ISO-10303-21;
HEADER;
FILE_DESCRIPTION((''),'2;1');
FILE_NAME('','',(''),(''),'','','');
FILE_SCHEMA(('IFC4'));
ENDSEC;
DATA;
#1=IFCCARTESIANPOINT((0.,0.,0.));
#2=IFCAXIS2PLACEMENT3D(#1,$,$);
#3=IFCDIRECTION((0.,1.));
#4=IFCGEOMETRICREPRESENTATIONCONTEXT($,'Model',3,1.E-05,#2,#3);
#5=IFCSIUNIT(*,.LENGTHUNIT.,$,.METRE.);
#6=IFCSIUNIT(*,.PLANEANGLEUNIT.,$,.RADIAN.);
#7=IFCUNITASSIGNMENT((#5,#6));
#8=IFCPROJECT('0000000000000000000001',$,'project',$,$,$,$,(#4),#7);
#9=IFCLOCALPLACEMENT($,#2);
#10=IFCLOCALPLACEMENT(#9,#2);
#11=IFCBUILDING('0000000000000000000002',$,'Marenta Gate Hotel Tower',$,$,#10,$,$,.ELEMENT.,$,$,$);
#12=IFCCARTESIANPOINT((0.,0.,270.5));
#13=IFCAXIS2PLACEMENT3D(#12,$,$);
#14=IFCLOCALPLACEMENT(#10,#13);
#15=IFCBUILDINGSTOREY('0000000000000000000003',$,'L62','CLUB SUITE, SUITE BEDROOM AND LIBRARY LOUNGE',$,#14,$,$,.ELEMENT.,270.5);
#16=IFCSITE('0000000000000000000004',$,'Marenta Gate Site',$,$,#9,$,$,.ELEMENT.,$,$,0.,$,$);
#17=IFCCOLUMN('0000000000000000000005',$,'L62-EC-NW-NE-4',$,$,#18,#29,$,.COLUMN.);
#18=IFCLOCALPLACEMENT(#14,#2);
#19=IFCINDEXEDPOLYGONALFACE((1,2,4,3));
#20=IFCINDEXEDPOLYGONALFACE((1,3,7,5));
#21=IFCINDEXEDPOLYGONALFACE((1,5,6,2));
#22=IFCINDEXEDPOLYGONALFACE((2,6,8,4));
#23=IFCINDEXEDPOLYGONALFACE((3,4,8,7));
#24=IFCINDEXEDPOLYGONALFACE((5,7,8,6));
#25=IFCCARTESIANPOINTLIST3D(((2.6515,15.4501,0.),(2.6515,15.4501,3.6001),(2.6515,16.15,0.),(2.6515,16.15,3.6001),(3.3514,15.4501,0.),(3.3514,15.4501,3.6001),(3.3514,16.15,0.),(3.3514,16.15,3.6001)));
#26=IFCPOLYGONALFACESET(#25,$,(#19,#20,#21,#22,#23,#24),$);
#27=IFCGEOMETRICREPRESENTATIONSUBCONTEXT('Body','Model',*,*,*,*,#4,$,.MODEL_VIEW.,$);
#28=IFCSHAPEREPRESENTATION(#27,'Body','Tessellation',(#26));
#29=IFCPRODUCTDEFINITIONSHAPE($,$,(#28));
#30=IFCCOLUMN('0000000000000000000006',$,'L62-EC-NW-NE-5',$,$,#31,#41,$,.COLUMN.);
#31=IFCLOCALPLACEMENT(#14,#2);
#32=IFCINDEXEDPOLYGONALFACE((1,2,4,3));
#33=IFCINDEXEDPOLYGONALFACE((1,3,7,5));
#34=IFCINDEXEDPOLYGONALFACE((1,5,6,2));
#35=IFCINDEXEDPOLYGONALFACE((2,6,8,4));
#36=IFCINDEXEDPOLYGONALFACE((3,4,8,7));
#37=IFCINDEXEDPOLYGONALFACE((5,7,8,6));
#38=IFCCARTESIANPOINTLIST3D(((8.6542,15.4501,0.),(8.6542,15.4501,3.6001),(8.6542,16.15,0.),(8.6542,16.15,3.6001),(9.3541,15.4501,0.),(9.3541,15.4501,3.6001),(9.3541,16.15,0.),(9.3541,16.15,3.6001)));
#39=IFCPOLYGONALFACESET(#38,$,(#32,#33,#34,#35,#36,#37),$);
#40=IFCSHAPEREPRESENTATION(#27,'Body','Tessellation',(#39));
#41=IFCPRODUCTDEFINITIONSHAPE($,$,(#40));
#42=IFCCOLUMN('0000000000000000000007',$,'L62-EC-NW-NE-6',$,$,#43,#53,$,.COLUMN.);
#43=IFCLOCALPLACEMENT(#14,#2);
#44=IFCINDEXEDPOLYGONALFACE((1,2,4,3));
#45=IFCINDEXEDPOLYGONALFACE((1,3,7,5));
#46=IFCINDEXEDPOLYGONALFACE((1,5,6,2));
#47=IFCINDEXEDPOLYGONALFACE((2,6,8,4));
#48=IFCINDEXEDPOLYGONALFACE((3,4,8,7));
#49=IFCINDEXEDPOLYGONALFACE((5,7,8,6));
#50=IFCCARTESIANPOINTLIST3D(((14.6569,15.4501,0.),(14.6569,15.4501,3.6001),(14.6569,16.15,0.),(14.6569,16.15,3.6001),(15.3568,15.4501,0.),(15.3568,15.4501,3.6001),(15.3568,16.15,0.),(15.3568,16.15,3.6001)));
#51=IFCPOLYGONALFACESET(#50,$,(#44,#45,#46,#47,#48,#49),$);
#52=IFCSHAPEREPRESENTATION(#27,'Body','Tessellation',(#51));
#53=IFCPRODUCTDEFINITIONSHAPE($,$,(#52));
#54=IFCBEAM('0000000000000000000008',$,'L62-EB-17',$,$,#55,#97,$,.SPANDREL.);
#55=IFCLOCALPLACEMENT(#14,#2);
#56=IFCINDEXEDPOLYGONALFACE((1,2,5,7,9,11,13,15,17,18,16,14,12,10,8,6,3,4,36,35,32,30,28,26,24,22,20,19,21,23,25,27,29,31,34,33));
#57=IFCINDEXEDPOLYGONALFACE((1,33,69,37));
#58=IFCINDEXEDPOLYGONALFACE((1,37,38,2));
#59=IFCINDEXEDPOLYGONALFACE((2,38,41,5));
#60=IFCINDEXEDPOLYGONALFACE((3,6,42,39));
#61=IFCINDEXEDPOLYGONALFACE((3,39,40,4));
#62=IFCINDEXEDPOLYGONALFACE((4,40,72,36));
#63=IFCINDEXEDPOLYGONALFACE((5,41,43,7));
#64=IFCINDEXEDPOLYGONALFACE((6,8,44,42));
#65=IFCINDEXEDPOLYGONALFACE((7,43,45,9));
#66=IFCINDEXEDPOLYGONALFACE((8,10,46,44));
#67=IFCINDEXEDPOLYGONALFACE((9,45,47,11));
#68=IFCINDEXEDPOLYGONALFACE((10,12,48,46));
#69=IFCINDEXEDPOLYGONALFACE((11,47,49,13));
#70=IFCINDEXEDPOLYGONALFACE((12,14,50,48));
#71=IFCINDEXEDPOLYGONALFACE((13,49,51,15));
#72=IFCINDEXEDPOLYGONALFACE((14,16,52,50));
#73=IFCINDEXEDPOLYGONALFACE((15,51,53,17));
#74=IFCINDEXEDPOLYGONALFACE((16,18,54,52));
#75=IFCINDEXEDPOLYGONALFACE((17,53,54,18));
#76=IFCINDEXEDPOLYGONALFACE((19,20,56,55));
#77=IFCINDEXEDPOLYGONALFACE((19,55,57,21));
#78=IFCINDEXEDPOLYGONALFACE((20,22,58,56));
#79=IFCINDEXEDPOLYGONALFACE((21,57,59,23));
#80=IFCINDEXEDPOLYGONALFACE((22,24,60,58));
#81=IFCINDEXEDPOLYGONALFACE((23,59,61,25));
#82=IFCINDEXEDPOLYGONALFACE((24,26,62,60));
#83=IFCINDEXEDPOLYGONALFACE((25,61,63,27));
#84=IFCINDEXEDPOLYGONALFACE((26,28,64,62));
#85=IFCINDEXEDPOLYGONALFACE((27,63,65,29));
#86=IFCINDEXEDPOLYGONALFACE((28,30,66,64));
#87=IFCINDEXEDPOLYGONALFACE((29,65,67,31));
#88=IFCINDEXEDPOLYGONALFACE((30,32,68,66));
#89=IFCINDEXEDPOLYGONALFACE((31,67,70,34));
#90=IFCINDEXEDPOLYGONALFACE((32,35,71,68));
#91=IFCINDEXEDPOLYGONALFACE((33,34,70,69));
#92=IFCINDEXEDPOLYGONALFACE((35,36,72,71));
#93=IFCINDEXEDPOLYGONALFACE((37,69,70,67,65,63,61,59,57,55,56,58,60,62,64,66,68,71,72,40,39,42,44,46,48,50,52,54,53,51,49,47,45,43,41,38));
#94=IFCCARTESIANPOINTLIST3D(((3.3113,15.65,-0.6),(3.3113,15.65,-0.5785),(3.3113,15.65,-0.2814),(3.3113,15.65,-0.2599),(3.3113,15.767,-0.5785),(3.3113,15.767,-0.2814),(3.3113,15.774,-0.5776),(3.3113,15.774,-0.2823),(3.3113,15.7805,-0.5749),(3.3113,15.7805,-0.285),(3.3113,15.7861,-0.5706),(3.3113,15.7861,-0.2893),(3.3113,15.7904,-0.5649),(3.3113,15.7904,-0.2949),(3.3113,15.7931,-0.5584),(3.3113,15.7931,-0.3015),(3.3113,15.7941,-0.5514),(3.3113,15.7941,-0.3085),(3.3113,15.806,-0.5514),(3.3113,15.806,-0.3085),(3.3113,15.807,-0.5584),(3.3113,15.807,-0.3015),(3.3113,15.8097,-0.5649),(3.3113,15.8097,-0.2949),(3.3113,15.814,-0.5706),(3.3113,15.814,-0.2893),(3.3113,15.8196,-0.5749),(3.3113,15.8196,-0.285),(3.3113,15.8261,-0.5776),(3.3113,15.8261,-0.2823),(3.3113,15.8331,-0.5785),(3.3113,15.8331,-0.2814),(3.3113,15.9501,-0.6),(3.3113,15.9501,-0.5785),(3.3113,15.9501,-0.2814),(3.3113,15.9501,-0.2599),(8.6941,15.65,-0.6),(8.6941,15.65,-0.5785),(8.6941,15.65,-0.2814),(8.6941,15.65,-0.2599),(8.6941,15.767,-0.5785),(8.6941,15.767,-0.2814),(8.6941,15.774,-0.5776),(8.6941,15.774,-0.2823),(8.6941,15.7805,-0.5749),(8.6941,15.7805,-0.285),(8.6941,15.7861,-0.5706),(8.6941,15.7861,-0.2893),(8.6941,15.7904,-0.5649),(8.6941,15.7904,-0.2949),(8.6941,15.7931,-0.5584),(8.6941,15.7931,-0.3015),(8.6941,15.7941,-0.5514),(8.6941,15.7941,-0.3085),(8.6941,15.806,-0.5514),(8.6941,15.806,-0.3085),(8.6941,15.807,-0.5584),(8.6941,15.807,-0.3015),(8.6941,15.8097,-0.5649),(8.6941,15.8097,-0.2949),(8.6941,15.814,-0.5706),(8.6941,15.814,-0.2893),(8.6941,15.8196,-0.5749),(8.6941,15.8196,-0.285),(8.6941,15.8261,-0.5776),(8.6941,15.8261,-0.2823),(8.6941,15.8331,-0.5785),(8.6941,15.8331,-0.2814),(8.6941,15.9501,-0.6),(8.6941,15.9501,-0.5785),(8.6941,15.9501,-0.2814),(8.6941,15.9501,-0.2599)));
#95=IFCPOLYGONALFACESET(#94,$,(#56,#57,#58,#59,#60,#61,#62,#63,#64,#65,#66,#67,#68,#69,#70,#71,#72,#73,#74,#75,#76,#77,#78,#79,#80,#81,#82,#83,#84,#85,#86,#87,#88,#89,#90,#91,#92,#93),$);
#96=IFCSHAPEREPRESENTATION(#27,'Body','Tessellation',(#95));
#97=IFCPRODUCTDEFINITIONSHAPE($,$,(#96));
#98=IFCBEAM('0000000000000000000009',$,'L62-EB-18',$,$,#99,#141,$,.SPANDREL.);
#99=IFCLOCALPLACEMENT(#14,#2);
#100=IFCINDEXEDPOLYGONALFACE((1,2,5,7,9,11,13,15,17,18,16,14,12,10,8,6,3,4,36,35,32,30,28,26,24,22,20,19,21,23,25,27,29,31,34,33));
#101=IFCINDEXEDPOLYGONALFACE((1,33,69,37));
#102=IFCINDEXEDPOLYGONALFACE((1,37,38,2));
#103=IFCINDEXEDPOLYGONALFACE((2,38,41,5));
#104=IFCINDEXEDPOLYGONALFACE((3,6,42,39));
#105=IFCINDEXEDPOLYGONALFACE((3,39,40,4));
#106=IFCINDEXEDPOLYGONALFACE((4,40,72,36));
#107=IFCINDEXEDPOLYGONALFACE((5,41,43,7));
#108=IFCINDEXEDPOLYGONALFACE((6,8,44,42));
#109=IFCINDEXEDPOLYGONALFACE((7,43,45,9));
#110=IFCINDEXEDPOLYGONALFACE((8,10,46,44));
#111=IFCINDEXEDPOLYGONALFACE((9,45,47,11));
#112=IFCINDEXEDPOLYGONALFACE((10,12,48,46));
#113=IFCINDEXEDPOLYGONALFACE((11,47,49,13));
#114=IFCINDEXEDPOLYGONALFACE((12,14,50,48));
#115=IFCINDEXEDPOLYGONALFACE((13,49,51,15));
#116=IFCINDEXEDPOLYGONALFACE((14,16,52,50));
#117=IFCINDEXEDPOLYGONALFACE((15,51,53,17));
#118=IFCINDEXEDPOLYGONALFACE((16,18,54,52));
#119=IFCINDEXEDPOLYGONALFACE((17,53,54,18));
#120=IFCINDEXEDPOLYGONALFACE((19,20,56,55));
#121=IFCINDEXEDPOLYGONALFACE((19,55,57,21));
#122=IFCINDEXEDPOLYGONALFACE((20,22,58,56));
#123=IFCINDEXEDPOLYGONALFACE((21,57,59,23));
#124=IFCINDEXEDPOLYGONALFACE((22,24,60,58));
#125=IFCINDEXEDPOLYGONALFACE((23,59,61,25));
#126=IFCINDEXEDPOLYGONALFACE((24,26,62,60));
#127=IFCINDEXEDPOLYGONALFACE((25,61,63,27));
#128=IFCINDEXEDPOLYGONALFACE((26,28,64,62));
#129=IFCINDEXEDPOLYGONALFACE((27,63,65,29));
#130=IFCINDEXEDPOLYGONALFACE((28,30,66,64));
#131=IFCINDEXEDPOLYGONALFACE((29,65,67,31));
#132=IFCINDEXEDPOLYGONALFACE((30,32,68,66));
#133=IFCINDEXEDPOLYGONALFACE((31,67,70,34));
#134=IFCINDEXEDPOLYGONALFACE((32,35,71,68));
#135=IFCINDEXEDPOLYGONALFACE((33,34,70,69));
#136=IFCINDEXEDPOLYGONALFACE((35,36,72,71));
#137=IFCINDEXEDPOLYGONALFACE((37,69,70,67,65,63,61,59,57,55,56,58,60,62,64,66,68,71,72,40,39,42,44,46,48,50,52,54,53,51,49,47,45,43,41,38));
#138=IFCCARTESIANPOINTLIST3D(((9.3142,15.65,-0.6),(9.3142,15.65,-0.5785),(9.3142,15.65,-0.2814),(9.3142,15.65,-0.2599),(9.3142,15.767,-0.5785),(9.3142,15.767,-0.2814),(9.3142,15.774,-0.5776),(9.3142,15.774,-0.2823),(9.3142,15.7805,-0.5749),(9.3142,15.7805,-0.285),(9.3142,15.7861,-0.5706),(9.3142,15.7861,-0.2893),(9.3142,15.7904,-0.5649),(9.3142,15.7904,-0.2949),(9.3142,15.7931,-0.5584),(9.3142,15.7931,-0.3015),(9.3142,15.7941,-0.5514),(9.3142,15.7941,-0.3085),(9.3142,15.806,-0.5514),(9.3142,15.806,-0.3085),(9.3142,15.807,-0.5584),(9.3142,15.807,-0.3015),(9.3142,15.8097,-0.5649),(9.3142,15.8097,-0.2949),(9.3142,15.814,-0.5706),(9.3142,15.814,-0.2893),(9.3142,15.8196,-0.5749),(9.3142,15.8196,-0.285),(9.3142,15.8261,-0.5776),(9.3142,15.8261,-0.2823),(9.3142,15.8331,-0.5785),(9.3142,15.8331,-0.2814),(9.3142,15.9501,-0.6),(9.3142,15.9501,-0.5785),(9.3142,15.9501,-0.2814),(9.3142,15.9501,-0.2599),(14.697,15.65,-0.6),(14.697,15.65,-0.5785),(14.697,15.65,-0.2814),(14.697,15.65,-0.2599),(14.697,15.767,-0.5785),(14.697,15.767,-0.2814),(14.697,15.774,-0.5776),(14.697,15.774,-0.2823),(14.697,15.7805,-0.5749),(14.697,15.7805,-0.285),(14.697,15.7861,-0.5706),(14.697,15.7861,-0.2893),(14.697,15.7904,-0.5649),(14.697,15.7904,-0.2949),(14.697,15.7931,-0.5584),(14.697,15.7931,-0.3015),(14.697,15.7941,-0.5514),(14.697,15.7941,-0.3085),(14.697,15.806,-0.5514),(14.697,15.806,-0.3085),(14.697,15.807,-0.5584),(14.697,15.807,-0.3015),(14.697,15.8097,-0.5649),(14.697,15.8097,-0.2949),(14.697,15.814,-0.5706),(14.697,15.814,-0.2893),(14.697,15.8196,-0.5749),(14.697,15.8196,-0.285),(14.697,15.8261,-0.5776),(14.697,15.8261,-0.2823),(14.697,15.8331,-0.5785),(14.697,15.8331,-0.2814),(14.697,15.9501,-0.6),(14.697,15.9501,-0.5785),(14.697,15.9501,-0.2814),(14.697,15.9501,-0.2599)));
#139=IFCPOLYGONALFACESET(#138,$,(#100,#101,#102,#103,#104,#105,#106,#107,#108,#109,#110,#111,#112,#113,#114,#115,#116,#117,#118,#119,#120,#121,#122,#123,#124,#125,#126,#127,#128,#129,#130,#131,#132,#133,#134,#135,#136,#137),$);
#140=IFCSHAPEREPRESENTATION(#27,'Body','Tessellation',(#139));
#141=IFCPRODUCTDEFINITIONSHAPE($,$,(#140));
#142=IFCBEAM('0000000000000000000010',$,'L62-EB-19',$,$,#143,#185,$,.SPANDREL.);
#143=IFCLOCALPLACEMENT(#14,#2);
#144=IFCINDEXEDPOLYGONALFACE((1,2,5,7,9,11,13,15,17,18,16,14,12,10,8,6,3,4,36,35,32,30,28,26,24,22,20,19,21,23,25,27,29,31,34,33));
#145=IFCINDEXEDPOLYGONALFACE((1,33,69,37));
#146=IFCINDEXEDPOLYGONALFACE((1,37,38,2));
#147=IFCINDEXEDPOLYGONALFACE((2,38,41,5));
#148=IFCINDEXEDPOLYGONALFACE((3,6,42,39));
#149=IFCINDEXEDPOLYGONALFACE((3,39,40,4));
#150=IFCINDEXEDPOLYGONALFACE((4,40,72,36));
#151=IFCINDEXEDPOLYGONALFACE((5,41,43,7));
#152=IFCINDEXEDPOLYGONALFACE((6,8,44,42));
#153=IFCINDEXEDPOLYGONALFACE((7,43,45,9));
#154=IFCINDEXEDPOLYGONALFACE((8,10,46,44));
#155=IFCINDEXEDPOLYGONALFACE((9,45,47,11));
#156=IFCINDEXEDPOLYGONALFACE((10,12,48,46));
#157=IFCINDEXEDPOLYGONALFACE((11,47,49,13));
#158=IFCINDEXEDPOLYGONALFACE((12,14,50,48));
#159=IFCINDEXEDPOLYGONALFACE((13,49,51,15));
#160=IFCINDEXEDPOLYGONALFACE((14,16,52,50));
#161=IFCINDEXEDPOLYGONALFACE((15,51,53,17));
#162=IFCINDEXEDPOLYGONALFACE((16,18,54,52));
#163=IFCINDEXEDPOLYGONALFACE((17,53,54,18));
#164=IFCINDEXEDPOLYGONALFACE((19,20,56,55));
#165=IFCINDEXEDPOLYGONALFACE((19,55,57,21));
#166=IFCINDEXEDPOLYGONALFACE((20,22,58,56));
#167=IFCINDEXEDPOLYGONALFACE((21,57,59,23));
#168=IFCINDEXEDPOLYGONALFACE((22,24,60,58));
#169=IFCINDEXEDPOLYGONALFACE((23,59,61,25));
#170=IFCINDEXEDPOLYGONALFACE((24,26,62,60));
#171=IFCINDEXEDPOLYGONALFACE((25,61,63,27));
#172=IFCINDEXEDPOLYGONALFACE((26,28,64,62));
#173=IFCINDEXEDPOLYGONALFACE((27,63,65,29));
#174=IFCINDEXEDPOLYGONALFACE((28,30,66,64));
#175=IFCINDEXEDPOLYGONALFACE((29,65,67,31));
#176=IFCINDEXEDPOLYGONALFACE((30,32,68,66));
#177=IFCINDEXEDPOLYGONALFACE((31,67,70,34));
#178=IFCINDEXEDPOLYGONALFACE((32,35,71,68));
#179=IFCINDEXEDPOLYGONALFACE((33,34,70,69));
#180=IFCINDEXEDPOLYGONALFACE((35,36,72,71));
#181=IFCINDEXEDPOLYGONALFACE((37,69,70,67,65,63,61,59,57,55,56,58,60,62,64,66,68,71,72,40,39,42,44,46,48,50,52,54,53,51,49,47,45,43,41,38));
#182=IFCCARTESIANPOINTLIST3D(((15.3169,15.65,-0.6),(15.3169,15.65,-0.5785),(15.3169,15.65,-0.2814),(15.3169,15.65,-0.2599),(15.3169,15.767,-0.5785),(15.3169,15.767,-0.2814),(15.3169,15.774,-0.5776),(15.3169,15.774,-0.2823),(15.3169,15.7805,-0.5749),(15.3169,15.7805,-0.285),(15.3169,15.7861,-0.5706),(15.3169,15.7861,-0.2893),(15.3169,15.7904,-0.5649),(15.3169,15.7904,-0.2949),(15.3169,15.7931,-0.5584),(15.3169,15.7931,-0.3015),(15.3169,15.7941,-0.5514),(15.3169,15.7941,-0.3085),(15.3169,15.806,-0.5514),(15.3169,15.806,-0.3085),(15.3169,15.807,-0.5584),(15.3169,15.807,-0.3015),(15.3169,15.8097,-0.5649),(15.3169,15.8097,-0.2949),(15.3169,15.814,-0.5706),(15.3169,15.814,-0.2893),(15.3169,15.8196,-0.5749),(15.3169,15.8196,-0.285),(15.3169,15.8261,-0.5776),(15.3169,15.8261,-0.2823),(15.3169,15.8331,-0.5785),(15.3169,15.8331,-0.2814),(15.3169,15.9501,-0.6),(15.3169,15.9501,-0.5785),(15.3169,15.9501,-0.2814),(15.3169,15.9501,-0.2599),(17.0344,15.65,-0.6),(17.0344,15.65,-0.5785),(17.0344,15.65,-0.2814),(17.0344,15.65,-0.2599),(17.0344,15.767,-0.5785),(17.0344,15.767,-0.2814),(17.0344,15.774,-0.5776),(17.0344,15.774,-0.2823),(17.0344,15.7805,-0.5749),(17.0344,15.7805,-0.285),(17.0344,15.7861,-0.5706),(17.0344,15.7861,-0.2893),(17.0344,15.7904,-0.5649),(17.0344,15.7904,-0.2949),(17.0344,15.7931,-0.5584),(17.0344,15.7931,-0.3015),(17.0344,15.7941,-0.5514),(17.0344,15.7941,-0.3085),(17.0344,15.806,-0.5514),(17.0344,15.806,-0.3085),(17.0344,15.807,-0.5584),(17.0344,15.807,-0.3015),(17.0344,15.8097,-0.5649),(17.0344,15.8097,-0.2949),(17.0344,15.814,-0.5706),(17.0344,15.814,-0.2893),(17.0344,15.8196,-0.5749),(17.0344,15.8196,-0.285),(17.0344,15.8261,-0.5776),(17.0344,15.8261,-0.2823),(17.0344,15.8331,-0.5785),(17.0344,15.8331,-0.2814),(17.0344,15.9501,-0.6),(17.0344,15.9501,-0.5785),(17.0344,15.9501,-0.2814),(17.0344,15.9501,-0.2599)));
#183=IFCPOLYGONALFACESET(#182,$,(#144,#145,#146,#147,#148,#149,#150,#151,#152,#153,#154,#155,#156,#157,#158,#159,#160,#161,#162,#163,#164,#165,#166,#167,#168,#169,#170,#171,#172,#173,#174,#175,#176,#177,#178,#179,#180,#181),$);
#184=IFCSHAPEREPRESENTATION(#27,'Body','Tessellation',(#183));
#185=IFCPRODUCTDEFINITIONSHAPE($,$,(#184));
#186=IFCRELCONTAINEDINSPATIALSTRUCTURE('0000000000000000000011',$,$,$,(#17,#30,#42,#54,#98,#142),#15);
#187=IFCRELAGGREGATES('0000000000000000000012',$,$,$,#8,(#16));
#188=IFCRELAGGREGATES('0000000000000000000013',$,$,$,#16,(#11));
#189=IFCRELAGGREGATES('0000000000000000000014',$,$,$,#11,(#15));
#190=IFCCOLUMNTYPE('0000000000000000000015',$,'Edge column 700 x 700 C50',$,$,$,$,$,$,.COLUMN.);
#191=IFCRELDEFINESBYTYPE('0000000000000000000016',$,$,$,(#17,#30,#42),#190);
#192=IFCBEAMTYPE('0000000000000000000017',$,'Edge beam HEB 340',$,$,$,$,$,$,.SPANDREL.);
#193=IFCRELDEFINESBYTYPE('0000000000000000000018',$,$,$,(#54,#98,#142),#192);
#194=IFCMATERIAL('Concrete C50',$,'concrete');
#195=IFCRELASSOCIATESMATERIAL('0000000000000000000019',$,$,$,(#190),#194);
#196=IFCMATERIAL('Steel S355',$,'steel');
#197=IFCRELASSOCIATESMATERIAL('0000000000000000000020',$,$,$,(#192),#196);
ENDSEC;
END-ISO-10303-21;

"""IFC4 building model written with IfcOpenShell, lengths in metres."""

from ifc_helpers import new_model, si_unit, direction, frame, origin, origin_2d, place, context, subcontext, project, spatial, rectangle, i_section, extrude, material, material_profile, profile_set, type_object, element, save


model = new_model("IFC4")

# Units and contexts
model_context = context("Model", 3, precision=1e-05, world=origin(), true_north=direction((0.0, 1.0)))
body_context = subcontext(model_context, "Body", "Model", "MODEL_VIEW")
ifc_project = project(units=[si_unit("LENGTHUNIT", "METRE"), si_unit("PLANEANGLEUNIT", "RADIAN")], contexts=[model_context])

# Site, building, storey
site_placement = place(None, origin())
site = spatial("IfcSite", under=ifc_project, at=site_placement, Name="Marenta Gate Site", CompositionType="ELEMENT", RefElevation=0.0)
building_placement = place(site_placement, origin())
building = spatial("IfcBuilding", under=site, at=building_placement, Name="Marenta Gate Hotel Tower", CompositionType="ELEMENT")
storey_placement = place(building_placement, frame((0.0, 0.0, 270.5)))
storey = spatial("IfcBuildingStorey", under=building, at=storey_placement, Name="L62", Description="CLUB SUITE, SUITE BEDROOM AND LIBRARY LOUNGE", CompositionType="ELEMENT", Elevation=270.5)

# Columns
ifc_material_1 = material(Name="Concrete C50", Category="concrete")
ifc_material_profile_1 = material_profile(ifc_material_1, rectangle(XDim=0.7, YDim=0.7, at=origin_2d()), Name="700 x 700")
ifc_profile_set_1 = profile_set([ifc_material_profile_1], Name="Concrete C50")
column_type = type_object("IfcColumnType", Name="Edge column 700 x 700 C50", PredefinedType="COLUMN", material=ifc_profile_set_1)
for number, where, z_axis, x_axis, name in (
    (1, (3.0015, 15.8, 0.0), (0.0, 0.0, 1.0), (1.0, 0.0, 0.0), "L62-EC-NW-NE-4"),
    (2, (9.0042, 15.8, 0.0), (0.0, 0.0, 1.0), (1.0, 0.0, 0.0), "L62-EC-NW-NE-5"),
    (3, (15.0068, 15.8, 0.0), (0.0, 0.0, 1.0), (1.0, 0.0, 0.0), "L62-EC-NW-NE-6"),
):
    element("IfcColumn", number, at=place(storey_placement, frame(where, z_axis=z_axis, x_axis=x_axis)), inside=storey, type_object=column_type, Name=name, PredefinedType="COLUMN", context=body_context, shape_type="SweptSolid", body=[
        extrude(rectangle(XDim=0.7, YDim=0.7, at=origin_2d()), origin(), (0.0, 0.0, 1.0), 3.6001),
    ])

# Beams
ifc_material_2 = material(Name="Steel S355", Category="steel")
ifc_material_profile_2 = material_profile(ifc_material_2, i_section(OverallWidth=0.3, OverallDepth=0.3401, WebThickness=0.012, FlangeThickness=0.0215, FilletRadius=0.0271, at=origin_2d()), Name="HEB 340")
ifc_profile_set_2 = profile_set([ifc_material_profile_2], Name="Steel S355")
beam_type_1 = type_object("IfcBeamType", Name="Edge beam HEB 340", PredefinedType="SPANDREL", material=ifc_profile_set_2)
for number, where, z_axis, x_axis, name in (
    (4, (3.3113, 15.8, -0.4299), (1.0, 0.0, 0.0), (0.0, 1.0, 0.0), "L62-EB-17"),
    (5, (9.3142, 15.8, -0.4299), (1.0, 0.0, 0.0), (0.0, 1.0, 0.0), "L62-EB-18"),
):
    element("IfcBeam", number, at=place(storey_placement, frame(where, z_axis=z_axis, x_axis=x_axis)), inside=storey, type_object=beam_type_1, Name=name, PredefinedType="SPANDREL", context=body_context, shape_type="SweptSolid", body=[
        extrude(i_section(OverallWidth=0.3, OverallDepth=0.3401, WebThickness=0.012, FlangeThickness=0.0215, FilletRadius=0.0271, at=origin_2d()), origin(), (0.0, 0.0, 1.0), 5.3828),
    ])
beam_1_placement = place(storey_placement, frame((15.3169, 15.8, -0.4299), z_axis=(1.0, 0.0, 0.0), x_axis=(0.0, 1.0, 0.0)))
element("IfcBeam", 6, at=beam_1_placement, inside=storey, type_object=beam_type_1, Name="L62-EB-19", PredefinedType="SPANDREL", context=body_context, shape_type="SweptSolid", body=[
    extrude(i_section(OverallWidth=0.3, OverallDepth=0.3401, WebThickness=0.012, FlangeThickness=0.0215, FilletRadius=0.0271, at=origin_2d()), origin(), (0.0, 0.0, 1.0), 1.7175),
])

save(model, "model.ifc")
